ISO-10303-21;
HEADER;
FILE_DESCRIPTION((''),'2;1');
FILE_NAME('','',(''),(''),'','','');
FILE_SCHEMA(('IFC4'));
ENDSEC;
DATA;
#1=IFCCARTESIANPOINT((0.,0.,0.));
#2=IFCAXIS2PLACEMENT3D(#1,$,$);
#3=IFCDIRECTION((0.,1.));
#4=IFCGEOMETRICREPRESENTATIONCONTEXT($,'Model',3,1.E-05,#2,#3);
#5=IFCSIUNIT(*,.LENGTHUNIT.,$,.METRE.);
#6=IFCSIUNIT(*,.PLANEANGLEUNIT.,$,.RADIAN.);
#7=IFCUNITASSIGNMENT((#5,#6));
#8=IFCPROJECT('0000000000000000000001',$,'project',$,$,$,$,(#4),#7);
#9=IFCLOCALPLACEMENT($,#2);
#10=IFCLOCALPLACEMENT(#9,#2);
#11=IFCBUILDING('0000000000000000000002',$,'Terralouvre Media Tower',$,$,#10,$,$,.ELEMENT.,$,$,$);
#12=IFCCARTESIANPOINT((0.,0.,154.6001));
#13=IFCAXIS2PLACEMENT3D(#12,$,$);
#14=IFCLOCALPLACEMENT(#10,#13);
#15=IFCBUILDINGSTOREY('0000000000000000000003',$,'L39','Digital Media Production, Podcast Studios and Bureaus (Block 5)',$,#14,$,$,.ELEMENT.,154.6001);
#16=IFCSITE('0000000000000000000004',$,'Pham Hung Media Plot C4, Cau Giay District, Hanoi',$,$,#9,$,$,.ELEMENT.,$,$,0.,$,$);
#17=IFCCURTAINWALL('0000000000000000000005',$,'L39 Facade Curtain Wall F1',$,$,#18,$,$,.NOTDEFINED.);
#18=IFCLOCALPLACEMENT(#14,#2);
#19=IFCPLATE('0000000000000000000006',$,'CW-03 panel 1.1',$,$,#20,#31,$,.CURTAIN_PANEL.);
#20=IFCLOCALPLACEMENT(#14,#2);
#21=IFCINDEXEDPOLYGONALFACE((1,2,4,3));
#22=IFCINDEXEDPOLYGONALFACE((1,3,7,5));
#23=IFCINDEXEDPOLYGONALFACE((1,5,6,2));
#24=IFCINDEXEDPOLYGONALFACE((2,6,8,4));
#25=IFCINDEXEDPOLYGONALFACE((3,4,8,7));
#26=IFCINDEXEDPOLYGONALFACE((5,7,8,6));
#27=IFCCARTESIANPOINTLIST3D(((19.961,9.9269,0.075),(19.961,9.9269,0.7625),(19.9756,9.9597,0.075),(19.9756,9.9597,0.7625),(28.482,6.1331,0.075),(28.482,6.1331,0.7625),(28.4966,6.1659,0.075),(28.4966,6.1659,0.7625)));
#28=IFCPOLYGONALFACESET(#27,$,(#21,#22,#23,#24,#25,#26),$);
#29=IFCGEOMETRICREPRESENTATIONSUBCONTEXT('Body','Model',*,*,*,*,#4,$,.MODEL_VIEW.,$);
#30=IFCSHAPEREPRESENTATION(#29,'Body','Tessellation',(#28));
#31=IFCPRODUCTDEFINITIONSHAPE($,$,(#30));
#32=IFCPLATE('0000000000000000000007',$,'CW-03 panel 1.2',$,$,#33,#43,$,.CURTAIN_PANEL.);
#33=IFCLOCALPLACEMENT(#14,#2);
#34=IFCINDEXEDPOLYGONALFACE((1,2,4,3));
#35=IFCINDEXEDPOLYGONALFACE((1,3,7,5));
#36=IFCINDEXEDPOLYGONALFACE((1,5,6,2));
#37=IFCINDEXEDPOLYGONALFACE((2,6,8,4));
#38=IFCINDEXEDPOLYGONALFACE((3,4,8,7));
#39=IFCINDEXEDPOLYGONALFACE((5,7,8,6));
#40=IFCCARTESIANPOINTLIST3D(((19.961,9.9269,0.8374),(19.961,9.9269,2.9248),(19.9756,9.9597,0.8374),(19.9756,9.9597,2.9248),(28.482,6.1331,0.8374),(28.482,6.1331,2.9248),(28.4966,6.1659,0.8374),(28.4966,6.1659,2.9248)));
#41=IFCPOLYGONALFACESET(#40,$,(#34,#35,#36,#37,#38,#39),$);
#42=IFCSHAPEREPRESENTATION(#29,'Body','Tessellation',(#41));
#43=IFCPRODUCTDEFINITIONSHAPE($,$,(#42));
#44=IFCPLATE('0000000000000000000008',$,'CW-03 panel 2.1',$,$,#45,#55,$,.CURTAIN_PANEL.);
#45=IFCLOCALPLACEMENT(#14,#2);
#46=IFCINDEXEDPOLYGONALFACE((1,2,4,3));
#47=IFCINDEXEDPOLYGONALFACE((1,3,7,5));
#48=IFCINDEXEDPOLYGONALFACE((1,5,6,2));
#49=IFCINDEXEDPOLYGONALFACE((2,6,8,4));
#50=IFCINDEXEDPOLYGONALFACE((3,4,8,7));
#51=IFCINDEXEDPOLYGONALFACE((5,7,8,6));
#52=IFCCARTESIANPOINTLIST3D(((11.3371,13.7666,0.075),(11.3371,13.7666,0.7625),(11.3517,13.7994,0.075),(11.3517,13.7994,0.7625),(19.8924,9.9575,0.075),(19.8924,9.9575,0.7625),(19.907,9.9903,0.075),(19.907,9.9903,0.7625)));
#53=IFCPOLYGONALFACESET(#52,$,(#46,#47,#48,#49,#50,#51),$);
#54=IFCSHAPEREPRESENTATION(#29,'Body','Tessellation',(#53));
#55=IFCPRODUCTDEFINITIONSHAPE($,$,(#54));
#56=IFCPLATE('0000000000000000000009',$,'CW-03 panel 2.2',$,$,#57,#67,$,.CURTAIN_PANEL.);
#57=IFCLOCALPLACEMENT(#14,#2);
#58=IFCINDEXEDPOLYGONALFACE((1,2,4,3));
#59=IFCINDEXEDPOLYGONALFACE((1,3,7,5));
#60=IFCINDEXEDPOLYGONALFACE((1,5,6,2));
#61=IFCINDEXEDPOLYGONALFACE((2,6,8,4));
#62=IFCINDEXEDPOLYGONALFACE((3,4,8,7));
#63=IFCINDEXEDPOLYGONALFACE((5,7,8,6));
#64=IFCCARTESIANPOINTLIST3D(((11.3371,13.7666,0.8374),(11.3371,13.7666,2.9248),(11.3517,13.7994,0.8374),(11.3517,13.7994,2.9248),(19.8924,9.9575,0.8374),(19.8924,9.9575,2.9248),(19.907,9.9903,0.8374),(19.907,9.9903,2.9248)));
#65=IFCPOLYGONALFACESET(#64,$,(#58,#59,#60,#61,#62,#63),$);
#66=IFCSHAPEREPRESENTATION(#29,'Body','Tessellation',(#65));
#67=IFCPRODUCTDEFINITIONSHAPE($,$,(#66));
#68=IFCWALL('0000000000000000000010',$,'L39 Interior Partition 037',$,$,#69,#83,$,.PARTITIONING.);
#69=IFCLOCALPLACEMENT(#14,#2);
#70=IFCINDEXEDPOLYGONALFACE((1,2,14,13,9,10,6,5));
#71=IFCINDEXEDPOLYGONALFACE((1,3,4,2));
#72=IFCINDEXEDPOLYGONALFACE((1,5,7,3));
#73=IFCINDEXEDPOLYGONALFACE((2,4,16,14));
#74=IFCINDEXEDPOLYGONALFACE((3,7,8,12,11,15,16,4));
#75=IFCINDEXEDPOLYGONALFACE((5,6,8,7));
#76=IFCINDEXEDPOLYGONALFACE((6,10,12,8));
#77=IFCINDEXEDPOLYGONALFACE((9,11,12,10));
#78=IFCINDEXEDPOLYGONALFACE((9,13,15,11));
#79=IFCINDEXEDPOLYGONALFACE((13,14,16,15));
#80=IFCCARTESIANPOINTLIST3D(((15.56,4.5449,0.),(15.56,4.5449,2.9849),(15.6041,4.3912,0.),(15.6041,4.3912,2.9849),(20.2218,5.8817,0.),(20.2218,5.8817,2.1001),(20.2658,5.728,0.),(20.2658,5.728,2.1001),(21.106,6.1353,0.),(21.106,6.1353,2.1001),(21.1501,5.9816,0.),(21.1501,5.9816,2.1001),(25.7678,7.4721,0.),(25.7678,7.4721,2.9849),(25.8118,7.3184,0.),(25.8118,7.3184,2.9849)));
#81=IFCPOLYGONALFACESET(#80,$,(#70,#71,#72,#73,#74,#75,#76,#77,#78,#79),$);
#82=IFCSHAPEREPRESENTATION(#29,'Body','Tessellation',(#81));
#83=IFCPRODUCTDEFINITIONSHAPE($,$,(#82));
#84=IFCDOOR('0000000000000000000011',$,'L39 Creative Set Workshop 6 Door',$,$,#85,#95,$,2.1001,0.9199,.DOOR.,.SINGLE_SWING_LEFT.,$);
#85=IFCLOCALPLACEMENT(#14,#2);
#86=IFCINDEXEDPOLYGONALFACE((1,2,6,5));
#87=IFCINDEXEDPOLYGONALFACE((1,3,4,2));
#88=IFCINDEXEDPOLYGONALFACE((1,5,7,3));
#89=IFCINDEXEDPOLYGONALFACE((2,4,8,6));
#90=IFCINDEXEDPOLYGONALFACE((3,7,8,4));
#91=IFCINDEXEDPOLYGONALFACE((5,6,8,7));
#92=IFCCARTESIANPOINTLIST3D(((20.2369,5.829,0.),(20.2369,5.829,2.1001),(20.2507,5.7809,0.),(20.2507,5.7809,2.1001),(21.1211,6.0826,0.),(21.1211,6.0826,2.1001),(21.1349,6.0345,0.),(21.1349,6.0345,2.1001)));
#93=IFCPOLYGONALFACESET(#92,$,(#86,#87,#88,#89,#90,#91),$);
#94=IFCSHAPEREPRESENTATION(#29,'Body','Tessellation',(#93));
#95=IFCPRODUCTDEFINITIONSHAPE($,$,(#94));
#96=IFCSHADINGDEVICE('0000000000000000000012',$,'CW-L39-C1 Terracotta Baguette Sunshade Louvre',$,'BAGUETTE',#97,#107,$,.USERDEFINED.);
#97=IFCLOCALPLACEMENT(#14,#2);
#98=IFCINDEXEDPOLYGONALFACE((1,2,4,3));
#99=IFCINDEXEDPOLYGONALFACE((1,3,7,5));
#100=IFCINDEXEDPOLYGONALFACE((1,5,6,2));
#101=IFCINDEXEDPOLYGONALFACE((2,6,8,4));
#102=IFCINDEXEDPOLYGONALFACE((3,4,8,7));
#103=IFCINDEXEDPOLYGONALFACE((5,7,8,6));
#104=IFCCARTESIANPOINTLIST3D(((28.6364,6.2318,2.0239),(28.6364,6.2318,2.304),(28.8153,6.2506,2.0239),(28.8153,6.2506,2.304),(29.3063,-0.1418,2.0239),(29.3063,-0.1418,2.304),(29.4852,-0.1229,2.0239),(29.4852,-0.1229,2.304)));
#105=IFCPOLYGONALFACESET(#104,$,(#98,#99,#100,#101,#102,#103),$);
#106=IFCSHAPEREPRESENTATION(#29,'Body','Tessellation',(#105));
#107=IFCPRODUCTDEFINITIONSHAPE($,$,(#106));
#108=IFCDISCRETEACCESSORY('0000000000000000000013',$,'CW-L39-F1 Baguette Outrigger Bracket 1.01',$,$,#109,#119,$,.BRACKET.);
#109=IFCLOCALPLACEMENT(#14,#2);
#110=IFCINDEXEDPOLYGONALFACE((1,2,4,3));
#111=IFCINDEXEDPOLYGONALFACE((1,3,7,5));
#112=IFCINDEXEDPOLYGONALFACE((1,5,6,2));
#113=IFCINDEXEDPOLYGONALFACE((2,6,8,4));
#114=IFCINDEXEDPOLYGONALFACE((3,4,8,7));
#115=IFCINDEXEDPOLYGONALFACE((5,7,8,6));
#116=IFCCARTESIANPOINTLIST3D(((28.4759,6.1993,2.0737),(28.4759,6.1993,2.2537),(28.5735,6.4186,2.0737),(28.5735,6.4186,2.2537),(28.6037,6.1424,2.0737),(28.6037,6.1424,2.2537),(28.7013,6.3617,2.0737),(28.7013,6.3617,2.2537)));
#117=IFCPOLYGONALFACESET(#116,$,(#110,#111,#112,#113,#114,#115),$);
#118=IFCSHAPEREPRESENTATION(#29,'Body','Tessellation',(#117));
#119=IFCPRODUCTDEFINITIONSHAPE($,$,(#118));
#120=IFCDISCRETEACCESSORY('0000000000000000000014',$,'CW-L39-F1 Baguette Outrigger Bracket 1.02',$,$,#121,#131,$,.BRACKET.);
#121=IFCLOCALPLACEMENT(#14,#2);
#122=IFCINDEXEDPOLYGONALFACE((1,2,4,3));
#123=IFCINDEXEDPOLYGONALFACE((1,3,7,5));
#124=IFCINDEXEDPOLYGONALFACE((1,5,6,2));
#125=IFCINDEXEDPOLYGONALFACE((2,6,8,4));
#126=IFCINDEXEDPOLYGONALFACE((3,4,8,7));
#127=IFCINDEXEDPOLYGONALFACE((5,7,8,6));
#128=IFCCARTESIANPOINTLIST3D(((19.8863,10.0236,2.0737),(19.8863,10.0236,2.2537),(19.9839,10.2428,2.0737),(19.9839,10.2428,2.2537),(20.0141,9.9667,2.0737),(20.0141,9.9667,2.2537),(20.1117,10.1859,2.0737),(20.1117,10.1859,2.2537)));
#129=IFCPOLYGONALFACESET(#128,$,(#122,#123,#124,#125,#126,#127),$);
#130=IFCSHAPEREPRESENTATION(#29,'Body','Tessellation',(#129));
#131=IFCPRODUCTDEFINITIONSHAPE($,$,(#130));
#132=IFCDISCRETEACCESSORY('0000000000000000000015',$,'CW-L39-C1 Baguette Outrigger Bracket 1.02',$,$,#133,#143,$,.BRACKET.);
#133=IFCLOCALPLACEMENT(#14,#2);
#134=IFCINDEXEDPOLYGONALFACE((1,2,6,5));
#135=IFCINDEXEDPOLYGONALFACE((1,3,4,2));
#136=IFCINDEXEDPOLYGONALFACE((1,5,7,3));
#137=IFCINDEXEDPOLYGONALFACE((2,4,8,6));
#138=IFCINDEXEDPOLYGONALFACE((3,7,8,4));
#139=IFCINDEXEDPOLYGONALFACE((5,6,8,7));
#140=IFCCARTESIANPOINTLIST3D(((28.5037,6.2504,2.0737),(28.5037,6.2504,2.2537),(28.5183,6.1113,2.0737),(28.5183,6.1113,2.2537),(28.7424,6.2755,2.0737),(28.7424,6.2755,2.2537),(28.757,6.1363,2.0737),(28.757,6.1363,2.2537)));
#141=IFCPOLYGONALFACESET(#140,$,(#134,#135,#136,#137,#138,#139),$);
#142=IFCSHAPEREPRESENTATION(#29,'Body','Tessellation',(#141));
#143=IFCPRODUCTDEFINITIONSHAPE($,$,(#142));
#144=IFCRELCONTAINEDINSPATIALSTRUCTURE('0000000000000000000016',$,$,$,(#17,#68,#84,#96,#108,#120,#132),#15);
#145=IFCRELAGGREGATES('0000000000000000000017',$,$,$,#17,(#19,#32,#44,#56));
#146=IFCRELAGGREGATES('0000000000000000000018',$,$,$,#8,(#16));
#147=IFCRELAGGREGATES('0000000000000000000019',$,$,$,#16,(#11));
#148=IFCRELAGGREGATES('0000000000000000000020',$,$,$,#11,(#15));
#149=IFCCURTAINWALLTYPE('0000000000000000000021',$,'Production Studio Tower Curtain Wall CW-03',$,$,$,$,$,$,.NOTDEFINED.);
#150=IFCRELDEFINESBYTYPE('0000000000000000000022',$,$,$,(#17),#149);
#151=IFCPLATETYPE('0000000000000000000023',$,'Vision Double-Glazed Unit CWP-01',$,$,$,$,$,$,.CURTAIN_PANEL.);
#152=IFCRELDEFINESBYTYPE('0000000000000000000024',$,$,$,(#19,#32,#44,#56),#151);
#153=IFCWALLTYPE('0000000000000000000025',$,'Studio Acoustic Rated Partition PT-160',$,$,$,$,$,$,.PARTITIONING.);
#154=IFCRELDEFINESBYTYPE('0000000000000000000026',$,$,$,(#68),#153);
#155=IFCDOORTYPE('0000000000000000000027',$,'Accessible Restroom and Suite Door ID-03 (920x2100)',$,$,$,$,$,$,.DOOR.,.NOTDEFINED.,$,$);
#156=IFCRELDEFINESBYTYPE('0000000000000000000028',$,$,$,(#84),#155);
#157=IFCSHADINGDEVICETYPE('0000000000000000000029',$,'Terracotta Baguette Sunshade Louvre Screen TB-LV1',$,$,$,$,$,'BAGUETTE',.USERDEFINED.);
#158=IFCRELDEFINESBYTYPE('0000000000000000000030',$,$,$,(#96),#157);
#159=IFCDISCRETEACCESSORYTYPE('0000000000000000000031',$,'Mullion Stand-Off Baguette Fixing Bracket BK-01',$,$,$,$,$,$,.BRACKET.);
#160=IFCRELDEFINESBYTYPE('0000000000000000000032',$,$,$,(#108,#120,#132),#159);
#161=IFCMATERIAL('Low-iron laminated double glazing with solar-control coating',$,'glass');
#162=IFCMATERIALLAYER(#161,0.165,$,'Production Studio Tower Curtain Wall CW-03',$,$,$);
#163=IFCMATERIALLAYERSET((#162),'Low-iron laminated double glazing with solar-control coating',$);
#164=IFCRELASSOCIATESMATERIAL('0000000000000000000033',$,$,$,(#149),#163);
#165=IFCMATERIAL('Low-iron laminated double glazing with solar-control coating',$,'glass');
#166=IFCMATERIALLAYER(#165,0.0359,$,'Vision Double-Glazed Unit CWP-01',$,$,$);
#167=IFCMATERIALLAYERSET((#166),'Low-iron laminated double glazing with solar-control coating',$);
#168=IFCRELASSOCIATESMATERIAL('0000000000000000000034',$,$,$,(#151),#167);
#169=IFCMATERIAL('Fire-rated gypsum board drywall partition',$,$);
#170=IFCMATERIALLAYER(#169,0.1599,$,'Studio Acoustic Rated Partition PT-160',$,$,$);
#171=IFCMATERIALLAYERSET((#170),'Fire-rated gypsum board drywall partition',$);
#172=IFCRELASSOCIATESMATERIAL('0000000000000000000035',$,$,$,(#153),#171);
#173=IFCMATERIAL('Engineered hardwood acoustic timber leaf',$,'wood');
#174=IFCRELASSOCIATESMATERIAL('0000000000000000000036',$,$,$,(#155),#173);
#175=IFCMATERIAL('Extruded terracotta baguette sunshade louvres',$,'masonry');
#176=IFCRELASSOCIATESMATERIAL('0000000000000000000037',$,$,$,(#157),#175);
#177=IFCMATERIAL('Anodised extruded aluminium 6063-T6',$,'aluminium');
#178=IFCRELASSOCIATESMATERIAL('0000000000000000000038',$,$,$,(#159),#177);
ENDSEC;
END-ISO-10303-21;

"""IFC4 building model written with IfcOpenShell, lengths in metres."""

from ifc_helpers import new_model, si_unit, direction, frame, frame_2d, origin, origin_2d, place, context, subcontext, project, spatial, rectangle, extrude, material, layer, layer_set, type_object, element, fill, aggregate, save


model = new_model("IFC4")

# Units and contexts
model_context = context("Model", 3, precision=1e-05, world=origin(), true_north=direction((0.0, 1.0)))
body_context = subcontext(model_context, "Body", "Model", "MODEL_VIEW")
ifc_project = project(units=[si_unit("LENGTHUNIT", "METRE"), si_unit("PLANEANGLEUNIT", "RADIAN")], contexts=[model_context])

# Site, building, storey
site_placement = place(None, origin())
site = spatial("IfcSite", under=ifc_project, at=site_placement, Name="Pham Hung Media Plot C4, Cau Giay District, Hanoi", CompositionType="ELEMENT", RefElevation=0.0)
building_placement = place(site_placement, origin())
building = spatial("IfcBuilding", under=site, at=building_placement, Name="Terralouvre Media Tower", CompositionType="ELEMENT")
storey_placement = place(building_placement, frame((0.0, 0.0, 154.6001)))
storey = spatial("IfcBuildingStorey", under=building, at=storey_placement, Name="L39", Description="Digital Media Production, Podcast Studios and Bureaus (Block 5)", CompositionType="ELEMENT", Elevation=154.6001)

# Curtain wall
ifc_material_1 = material(Name="Low-iron laminated double glazing with solar-control coating", Category="glass")
ifc_layer_1 = layer(ifc_material_1, 0.165, Name="Production Studio Tower Curtain Wall CW-03")
ifc_layer_set_1 = layer_set([ifc_layer_1], Name="Low-iron laminated double glazing with solar-control coating")
curtain_wall_type_1 = type_object("IfcCurtainWallType", Name="Production Studio Tower Curtain Wall CW-03", PredefinedType="NOTDEFINED", material=ifc_layer_set_1)
curtain_wall_1_placement = place(storey_placement, origin())
curtain_wall_1 = element("IfcCurtainWall", 1, at=curtain_wall_1_placement, inside=storey, type_object=curtain_wall_type_1, Name="L39 Facade Curtain Wall F1", PredefinedType="NOTDEFINED")

# Plates
ifc_material_2 = material(Name="Low-iron laminated double glazing with solar-control coating", Category="glass")
ifc_layer_2 = layer(ifc_material_2, 0.0359, Name="Vision Double-Glazed Unit CWP-01")
ifc_layer_set_2 = layer_set([ifc_layer_2], Name="Low-iron laminated double glazing with solar-control coating")
plate_type_1 = type_object("IfcPlateType", Name="Vision Double-Glazed Unit CWP-01", PredefinedType="CURTAIN_PANEL", material=ifc_layer_set_2)
plate_1_placement = place(storey_placement, frame((24.2288, 8.0464, 0.075), z_axis=(0.0, 0.0, 1.0), x_axis=(-0.913545, 0.406737, 0.0)))
plate_1 = element("IfcPlate", 2, at=plate_1_placement, type_object=plate_type_1, Name="CW-03 panel 1.1", PredefinedType="CURTAIN_PANEL", context=body_context, shape_type="SweptSolid", body=[
    extrude(rectangle(XDim=9.3274, YDim=0.0359, at=origin_2d()), origin(), (0.0, 0.0, 1.0), 0.6875),
])
plate_2_placement = place(storey_placement, frame((24.2288, 8.0464, 0.8374), z_axis=(0.0, 0.0, 1.0), x_axis=(-0.913545, 0.406737, 0.0)))
plate_2 = element("IfcPlate", 3, at=plate_2_placement, type_object=plate_type_1, Name="CW-03 panel 1.2", PredefinedType="CURTAIN_PANEL", context=body_context, shape_type="SweptSolid", body=[
    extrude(rectangle(XDim=9.3274, YDim=0.0359, at=origin_2d()), origin(), (0.0, 0.0, 1.0), 2.0874),
])
plate_3_placement = place(storey_placement, frame((15.6221, 11.8784, 0.075), z_axis=(0.0, 0.0, 1.0), x_axis=(-0.913545, 0.406737, 0.0)))
plate_3 = element("IfcPlate", 4, at=plate_3_placement, type_object=plate_type_1, Name="CW-03 panel 2.1", PredefinedType="CURTAIN_PANEL", context=body_context, shape_type="SweptSolid", body=[
    extrude(rectangle(XDim=9.365, YDim=0.0359, at=origin_2d()), origin(), (0.0, 0.0, 1.0), 0.6875),
])
plate_4_placement = place(storey_placement, frame((15.6221, 11.8784, 0.8374), z_axis=(0.0, 0.0, 1.0), x_axis=(-0.913545, 0.406737, 0.0)))
plate_4 = element("IfcPlate", 5, at=plate_4_placement, type_object=plate_type_1, Name="CW-03 panel 2.2", PredefinedType="CURTAIN_PANEL", context=body_context, shape_type="SweptSolid", body=[
    extrude(rectangle(XDim=9.365, YDim=0.0359, at=origin_2d()), origin(), (0.0, 0.0, 1.0), 2.0874),
])
aggregate(curtain_wall_1, [plate_1, plate_2, plate_3, plate_4])

# Wall, opening, door
ifc_material_3 = material(Name="Fire-rated gypsum board drywall partition")
ifc_layer_3 = layer(ifc_material_3, 0.1599, Name="Studio Acoustic Rated Partition PT-160")
ifc_layer_set_3 = layer_set([ifc_layer_3], Name="Fire-rated gypsum board drywall partition")
wall_type = type_object("IfcWallType", Name="Studio Acoustic Rated Partition PT-160", PredefinedType="PARTITIONING", material=ifc_layer_set_3)
wall_placement = place(storey_placement, frame((25.7898, 7.3953, 0.0), z_axis=(0.0, 0.0, 1.0), x_axis=(-0.961256, -0.275656, 0.0)))
wall = element("IfcWall", 6, at=wall_placement, inside=storey, type_object=wall_type, Name="L39 Interior Partition 037", PredefinedType="PARTITIONING", context=body_context, shape_type="SweptSolid", body=[
    extrude(rectangle(XDim=10.6191, YDim=0.1599, at=frame_2d((5.3096, 0.0))), origin(), (0.0, 0.0, 1.0), 2.9849),
])
opening_placement = place(wall_placement, frame((4.8496, 0.0, 0.0)))
opening = element("IfcOpeningElement", 7, at=opening_placement, cuts=wall, PredefinedType="OPENING", context=body_context, shape_type="SweptSolid", body=[
    extrude(rectangle(XDim=0.9199, YDim=2.1001, at=frame_2d((0.46, 1.05))), frame((0.0, 0.0898, 0.0), z_axis=(0.0, -1.0, 0.0), x_axis=(1.0, 0.0, 0.0)), (0.0, 0.0, 1.0), 0.1799),
])
ifc_material_4 = material(Name="Engineered hardwood acoustic timber leaf", Category="wood")
door_type = type_object("IfcDoorType", Name="Accessible Restroom and Suite Door ID-03 (920x2100)", OperationType="NOTDEFINED", PredefinedType="DOOR", material=ifc_material_4)
door_placement = place(opening_placement, origin())
door = element("IfcDoor", 8, at=door_placement, inside=storey, type_object=door_type, Name="L39 Creative Set Workshop 6 Door", OperationType="SINGLE_SWING_LEFT", OverallHeight=2.1001, OverallWidth=0.9199, PredefinedType="DOOR", context=body_context, shape_type="SweptSolid", body=[
    extrude(rectangle(XDim=0.9199, YDim=2.1001, at=frame_2d((0.46, 1.05))), frame((0.0, 0.0249, 0.0), z_axis=(0.0, -1.0, 0.0), x_axis=(1.0, 0.0, 0.0)), (0.0, 0.0, 1.0), 0.05),
])
fill(opening, door)

# Shading device
ifc_material_5 = material(Name="Extruded terracotta baguette sunshade louvres", Category="masonry")
shading_device_type = type_object("IfcShadingDeviceType", Name="Terracotta Baguette Sunshade Louvre Screen TB-LV1", ElementType="BAGUETTE", PredefinedType="USERDEFINED", material=ifc_material_5)
shading_device_placement = place(storey_placement, frame((29.0608, 3.0544, 2.0239), z_axis=(0.0, 0.0, 1.0), x_axis=(-0.104529, 0.994522, 0.0)))
element("IfcShadingDevice", 9, at=shading_device_placement, inside=storey, type_object=shading_device_type, Name="CW-L39-C1 Terracotta Baguette Sunshade Louvre", ObjectType="BAGUETTE", PredefinedType="USERDEFINED", context=body_context, shape_type="SweptSolid", body=[
    extrude(rectangle(XDim=6.4087, YDim=0.1799, at=origin_2d()), origin(), (0.0, 0.0, 1.0), 0.28),
])

# Discrete accessories
ifc_material_6 = material(Name="Anodised extruded aluminium 6063-T6", Category="aluminium")
discrete_accessory_type = type_object("IfcDiscreteAccessoryType", Name="Mullion Stand-Off Baguette Fixing Bracket BK-01", PredefinedType="BRACKET", material=ifc_material_6)
for number, where, z_axis, x_axis, name in (
    (10, (28.5886, 6.2805, 2.0737), (0.0, 0.0, 1.0), (-0.913545, 0.406737, 0.0), "CW-L39-F1 Baguette Outrigger Bracket 1.01"),
    (11, (19.999, 10.1047, 2.0737), (0.0, 0.0, 1.0), (-0.913545, 0.406737, 0.0), "CW-L39-F1 Baguette Outrigger Bracket 1.02"),
    (12, (28.6304, 6.1934, 2.0737), (0.0, 0.0, 1.0), (-0.104529, 0.994522, 0.0), "CW-L39-C1 Baguette Outrigger Bracket 1.02"),
):
    element("IfcDiscreteAccessory", number, at=place(storey_placement, frame(where, z_axis=z_axis, x_axis=x_axis)), inside=storey, type_object=discrete_accessory_type, Name=name, PredefinedType="BRACKET", context=body_context, shape_type="SweptSolid", body=[
        extrude(rectangle(XDim=0.1399, YDim=0.24, at=origin_2d()), origin(), (0.0, 0.0, 1.0), 0.1799),
    ])

save(model, "model.ifc")
